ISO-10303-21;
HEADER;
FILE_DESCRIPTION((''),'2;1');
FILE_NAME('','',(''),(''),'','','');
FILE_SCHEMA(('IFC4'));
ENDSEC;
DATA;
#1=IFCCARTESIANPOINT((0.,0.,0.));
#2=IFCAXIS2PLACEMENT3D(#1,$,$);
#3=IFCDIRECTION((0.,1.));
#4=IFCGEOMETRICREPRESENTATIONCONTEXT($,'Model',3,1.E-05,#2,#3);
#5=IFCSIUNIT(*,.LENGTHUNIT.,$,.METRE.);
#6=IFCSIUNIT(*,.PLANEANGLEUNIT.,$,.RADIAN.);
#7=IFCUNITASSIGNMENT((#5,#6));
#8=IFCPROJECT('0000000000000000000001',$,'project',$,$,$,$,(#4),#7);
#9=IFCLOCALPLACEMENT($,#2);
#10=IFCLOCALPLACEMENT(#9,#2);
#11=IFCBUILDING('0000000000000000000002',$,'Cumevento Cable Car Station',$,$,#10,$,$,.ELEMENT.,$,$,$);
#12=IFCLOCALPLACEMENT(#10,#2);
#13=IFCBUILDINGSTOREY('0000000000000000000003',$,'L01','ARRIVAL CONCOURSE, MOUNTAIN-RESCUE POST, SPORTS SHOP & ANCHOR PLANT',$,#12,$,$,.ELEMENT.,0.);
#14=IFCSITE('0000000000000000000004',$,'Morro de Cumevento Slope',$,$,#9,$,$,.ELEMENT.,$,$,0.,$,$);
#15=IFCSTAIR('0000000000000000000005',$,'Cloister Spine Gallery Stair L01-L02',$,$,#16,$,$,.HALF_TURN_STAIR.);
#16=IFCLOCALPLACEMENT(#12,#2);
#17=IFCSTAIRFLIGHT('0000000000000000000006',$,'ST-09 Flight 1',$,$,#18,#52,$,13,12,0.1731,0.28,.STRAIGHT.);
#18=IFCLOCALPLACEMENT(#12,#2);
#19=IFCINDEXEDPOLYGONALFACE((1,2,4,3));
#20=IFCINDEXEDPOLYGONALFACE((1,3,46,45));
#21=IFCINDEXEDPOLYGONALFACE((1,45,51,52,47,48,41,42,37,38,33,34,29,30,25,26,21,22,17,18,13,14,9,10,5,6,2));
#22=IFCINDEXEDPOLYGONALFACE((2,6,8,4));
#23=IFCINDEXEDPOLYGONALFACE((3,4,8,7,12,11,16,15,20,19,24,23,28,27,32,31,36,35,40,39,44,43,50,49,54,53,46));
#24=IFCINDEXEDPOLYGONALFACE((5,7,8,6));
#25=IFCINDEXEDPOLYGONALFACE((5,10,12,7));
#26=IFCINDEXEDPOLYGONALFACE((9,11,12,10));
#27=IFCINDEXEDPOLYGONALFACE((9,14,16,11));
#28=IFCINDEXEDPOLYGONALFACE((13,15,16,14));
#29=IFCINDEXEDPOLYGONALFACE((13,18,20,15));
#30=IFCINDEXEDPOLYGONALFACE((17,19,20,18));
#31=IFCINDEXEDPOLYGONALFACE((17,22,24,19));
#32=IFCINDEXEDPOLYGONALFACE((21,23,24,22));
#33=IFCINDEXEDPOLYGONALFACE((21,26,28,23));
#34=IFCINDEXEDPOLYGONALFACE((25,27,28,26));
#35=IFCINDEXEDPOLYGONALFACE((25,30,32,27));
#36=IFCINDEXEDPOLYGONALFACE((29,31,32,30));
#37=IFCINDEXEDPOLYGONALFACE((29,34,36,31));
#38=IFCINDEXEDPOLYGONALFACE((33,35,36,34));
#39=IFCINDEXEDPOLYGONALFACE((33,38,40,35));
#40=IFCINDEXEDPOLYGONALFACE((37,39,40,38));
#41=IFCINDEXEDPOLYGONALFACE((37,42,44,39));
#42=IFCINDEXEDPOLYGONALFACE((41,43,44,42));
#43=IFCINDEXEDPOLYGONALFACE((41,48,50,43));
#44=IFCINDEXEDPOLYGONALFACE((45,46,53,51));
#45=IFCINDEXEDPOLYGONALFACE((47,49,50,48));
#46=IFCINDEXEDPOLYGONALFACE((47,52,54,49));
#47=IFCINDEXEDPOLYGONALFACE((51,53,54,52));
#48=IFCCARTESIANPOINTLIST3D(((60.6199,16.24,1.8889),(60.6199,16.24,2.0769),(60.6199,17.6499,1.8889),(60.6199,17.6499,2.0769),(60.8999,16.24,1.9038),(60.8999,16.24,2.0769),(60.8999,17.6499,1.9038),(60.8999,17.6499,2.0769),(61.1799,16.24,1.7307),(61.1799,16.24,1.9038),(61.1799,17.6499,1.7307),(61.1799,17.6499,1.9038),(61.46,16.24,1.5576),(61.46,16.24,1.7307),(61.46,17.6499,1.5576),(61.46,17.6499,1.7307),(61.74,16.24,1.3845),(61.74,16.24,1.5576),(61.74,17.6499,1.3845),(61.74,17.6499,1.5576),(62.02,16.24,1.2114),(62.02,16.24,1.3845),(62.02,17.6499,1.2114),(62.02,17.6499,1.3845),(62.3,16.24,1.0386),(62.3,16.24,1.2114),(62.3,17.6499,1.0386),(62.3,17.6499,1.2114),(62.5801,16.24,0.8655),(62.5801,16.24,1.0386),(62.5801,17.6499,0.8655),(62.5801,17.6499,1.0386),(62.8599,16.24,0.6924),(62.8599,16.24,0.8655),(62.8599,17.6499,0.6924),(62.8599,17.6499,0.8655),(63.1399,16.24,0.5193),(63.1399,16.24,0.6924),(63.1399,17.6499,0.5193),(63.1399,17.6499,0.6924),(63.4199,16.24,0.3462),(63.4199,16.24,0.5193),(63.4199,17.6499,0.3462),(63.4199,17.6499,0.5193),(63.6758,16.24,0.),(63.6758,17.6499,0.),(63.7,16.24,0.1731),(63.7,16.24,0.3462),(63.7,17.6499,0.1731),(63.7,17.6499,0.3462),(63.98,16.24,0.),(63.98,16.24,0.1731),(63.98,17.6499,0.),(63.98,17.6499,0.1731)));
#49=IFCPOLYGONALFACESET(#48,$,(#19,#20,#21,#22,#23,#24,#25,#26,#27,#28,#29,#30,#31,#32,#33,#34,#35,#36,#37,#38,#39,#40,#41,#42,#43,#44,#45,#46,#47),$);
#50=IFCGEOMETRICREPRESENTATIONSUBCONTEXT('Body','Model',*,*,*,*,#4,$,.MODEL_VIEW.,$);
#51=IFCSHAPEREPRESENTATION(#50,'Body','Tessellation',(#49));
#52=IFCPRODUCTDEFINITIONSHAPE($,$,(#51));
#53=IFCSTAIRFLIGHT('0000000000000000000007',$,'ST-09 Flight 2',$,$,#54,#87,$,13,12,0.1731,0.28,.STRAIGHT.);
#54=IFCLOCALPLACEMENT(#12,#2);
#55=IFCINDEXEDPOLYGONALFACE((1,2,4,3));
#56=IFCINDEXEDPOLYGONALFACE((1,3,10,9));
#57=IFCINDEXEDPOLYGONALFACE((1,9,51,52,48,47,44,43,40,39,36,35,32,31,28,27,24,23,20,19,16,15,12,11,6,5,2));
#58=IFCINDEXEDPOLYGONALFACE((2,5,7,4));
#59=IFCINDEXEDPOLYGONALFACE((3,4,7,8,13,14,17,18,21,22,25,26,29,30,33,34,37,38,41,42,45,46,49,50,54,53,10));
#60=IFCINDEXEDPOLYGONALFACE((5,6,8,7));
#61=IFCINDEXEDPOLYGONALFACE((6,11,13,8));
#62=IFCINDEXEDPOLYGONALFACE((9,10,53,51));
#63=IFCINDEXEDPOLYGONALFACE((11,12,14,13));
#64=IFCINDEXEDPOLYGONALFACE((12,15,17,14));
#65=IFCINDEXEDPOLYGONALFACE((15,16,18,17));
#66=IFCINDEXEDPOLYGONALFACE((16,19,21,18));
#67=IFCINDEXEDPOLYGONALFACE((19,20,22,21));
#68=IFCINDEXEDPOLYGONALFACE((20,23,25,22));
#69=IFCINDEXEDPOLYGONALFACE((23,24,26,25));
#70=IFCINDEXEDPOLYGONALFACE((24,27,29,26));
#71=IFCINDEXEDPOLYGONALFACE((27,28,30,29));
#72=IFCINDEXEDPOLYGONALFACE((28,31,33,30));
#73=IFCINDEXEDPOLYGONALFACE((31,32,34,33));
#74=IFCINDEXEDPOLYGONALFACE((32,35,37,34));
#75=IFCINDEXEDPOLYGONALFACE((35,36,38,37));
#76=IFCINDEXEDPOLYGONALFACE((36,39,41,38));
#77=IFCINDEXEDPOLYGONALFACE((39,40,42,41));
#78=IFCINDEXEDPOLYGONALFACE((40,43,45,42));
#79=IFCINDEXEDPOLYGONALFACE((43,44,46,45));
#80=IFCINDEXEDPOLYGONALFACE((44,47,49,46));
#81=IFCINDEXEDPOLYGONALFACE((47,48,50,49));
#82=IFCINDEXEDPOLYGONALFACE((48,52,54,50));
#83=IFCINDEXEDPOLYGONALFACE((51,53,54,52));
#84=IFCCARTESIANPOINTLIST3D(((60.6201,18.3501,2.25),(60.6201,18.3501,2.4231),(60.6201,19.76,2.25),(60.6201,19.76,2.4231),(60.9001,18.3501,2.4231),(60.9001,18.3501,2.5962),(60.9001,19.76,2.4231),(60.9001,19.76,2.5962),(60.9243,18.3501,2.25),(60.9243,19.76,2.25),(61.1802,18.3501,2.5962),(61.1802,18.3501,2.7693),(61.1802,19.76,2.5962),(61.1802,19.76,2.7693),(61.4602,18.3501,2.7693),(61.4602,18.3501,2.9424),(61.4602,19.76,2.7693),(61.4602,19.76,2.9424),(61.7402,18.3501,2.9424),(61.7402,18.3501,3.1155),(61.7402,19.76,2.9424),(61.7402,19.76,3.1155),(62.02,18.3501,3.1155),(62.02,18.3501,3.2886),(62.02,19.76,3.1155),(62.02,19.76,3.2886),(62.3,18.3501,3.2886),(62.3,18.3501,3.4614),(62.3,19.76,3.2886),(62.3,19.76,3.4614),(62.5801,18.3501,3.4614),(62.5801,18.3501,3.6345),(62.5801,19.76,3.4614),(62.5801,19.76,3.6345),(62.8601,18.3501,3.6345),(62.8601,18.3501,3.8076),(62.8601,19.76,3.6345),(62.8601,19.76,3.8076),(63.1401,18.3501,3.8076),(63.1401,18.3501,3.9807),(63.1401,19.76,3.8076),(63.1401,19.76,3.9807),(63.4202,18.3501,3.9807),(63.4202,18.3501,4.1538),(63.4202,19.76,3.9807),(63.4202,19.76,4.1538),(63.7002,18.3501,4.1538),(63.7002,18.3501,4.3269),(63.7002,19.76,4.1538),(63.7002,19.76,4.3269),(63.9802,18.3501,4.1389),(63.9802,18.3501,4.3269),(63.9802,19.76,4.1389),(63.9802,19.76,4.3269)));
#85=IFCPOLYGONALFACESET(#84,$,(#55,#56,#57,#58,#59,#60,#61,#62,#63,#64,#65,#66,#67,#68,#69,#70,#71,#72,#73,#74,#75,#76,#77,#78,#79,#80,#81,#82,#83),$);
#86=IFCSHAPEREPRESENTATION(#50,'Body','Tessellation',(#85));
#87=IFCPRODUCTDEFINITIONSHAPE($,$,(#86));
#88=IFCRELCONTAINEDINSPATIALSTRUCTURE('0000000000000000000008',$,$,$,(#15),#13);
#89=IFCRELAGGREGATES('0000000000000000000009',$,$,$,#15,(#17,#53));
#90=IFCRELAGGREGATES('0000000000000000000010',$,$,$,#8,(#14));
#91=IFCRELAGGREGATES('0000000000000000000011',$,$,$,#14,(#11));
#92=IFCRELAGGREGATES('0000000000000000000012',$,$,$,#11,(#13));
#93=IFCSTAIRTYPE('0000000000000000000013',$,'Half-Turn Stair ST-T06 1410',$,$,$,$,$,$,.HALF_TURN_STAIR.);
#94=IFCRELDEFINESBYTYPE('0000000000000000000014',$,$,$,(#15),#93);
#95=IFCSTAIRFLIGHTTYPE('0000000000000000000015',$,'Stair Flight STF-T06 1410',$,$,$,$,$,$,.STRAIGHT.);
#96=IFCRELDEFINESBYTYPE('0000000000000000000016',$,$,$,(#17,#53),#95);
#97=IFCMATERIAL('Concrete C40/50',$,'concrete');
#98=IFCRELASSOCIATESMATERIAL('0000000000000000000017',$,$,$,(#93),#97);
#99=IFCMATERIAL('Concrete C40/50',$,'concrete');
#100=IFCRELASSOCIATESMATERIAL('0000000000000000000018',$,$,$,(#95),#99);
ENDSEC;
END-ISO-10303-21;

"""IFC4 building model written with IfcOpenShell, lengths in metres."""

from ifc_helpers import new_model, si_unit, direction, frame, origin, place, context, subcontext, project, spatial, polyline, outline, extrude, material, type_object, element, aggregate, save


model = new_model("IFC4")

# Units and contexts
model_context = context("Model", 3, precision=1e-05, world=origin(), true_north=direction((0.0, 1.0)))
body_context = subcontext(model_context, "Body", "Model", "MODEL_VIEW")
ifc_project = project(units=[si_unit("LENGTHUNIT", "METRE"), si_unit("PLANEANGLEUNIT", "RADIAN")], contexts=[model_context])

# Site, building, storey
site_placement = place(None, origin())
site = spatial("IfcSite", under=ifc_project, at=site_placement, Name="Morro de Cumevento Slope", CompositionType="ELEMENT", RefElevation=0.0)
building_placement = place(site_placement, origin())
building = spatial("IfcBuilding", under=site, at=building_placement, Name="Cumevento Cable Car Station", CompositionType="ELEMENT")
storey_placement = place(building_placement, origin())
storey = spatial("IfcBuildingStorey", under=building, at=storey_placement, Name="L01", Description="ARRIVAL CONCOURSE, MOUNTAIN-RESCUE POST, SPORTS SHOP & ANCHOR PLANT", CompositionType="ELEMENT", Elevation=0.0)

# Stair, stair flights
ifc_material_1 = material(Name="Concrete C40/50", Category="concrete")
stair_type = type_object("IfcStairType", Name="Half-Turn Stair ST-T06 1410", PredefinedType="HALF_TURN_STAIR", material=ifc_material_1)
stair_placement = place(storey_placement, origin())
stair = element("IfcStair", 1, at=stair_placement, inside=storey, type_object=stair_type, Name="Cloister Spine Gallery Stair L01-L02", PredefinedType="HALF_TURN_STAIR")
ifc_material_2 = material(Name="Concrete C40/50", Category="concrete")
stair_flight_type = type_object("IfcStairFlightType", Name="Stair Flight STF-T06 1410", PredefinedType="STRAIGHT", material=ifc_material_2)
stair_flight_1_placement = place(storey_placement, frame((63.98, 16.9451, 0.0), z_axis=(0.0, 0.0, 1.0), x_axis=(-1.0, 0.0, 0.0)))
stair_flight_1 = element("IfcStairFlight", 2, at=stair_flight_1_placement, type_object=stair_flight_type, Name="ST-09 Flight 1", NumberOfRisers=13, NumberOfTreads=12, PredefinedType="STRAIGHT", RiserHeight=0.1731, TreadLength=0.28, context=body_context, shape_type="SweptSolid", body=[
    extrude(outline(polyline([(0.0, 0.0), (0.0, 0.1731), (0.28, 0.1731), (0.28, 0.3462), (0.5601, 0.3462), (0.5601, 0.5193), (0.8401, 0.5193), (0.8401, 0.6924), (1.1201, 0.6924), (1.1201, 0.8655), (1.3999, 0.8655), (1.3999, 1.0386), (1.6799, 1.0386), (1.6799, 1.2114), (1.96, 1.2114), (1.96, 1.3845), (2.24, 1.3845), (2.24, 1.5576), (2.52, 1.5576), (2.52, 1.7307), (2.8, 1.7307), (2.8, 1.9038), (3.0801, 1.9038), (3.0801, 2.0769), (3.3601, 2.0769), (3.3601, 2.25), (3.3601, 1.8889), (0.3042, 0.0), (0.0, 0.0)])), frame((0.0, 0.7051, 0.0), z_axis=(0.0, -1.0, 0.0), x_axis=(1.0, 0.0, 0.0)), (0.0, 0.0, 1.0), 1.4099),
])
stair_flight_2_placement = place(storey_placement, frame((60.6201, 19.0549, 2.25), z_axis=(0.0, 0.0, 1.0), x_axis=(1.0, 0.0, 0.0)))
stair_flight_2 = element("IfcStairFlight", 3, at=stair_flight_2_placement, type_object=stair_flight_type, Name="ST-09 Flight 2", NumberOfRisers=13, NumberOfTreads=12, PredefinedType="STRAIGHT", RiserHeight=0.1731, TreadLength=0.28, context=body_context, shape_type="SweptSolid", body=[
    extrude(outline(polyline([(0.0, 0.0), (0.0, 0.1731), (0.28, 0.1731), (0.28, 0.3462), (0.5601, 0.3462), (0.5601, 0.5193), (0.8401, 0.5193), (0.8401, 0.6924), (1.1201, 0.6924), (1.1201, 0.8655), (1.3999, 0.8655), (1.3999, 1.0386), (1.6799, 1.0386), (1.6799, 1.2114), (1.96, 1.2114), (1.96, 1.3845), (2.24, 1.3845), (2.24, 1.5576), (2.52, 1.5576), (2.52, 1.7307), (2.8, 1.7307), (2.8, 1.9038), (3.0801, 1.9038), (3.0801, 2.0769), (3.3601, 2.0769), (3.3601, 2.25), (3.3601, 1.8889), (0.3042, 0.0), (0.0, 0.0)])), frame((0.0, 0.7051, 0.0), z_axis=(0.0, -1.0, 0.0), x_axis=(1.0, 0.0, 0.0)), (0.0, 0.0, 1.0), 1.4099),
])
aggregate(stair, [stair_flight_1, stair_flight_2])

save(model, "model.ifc")
